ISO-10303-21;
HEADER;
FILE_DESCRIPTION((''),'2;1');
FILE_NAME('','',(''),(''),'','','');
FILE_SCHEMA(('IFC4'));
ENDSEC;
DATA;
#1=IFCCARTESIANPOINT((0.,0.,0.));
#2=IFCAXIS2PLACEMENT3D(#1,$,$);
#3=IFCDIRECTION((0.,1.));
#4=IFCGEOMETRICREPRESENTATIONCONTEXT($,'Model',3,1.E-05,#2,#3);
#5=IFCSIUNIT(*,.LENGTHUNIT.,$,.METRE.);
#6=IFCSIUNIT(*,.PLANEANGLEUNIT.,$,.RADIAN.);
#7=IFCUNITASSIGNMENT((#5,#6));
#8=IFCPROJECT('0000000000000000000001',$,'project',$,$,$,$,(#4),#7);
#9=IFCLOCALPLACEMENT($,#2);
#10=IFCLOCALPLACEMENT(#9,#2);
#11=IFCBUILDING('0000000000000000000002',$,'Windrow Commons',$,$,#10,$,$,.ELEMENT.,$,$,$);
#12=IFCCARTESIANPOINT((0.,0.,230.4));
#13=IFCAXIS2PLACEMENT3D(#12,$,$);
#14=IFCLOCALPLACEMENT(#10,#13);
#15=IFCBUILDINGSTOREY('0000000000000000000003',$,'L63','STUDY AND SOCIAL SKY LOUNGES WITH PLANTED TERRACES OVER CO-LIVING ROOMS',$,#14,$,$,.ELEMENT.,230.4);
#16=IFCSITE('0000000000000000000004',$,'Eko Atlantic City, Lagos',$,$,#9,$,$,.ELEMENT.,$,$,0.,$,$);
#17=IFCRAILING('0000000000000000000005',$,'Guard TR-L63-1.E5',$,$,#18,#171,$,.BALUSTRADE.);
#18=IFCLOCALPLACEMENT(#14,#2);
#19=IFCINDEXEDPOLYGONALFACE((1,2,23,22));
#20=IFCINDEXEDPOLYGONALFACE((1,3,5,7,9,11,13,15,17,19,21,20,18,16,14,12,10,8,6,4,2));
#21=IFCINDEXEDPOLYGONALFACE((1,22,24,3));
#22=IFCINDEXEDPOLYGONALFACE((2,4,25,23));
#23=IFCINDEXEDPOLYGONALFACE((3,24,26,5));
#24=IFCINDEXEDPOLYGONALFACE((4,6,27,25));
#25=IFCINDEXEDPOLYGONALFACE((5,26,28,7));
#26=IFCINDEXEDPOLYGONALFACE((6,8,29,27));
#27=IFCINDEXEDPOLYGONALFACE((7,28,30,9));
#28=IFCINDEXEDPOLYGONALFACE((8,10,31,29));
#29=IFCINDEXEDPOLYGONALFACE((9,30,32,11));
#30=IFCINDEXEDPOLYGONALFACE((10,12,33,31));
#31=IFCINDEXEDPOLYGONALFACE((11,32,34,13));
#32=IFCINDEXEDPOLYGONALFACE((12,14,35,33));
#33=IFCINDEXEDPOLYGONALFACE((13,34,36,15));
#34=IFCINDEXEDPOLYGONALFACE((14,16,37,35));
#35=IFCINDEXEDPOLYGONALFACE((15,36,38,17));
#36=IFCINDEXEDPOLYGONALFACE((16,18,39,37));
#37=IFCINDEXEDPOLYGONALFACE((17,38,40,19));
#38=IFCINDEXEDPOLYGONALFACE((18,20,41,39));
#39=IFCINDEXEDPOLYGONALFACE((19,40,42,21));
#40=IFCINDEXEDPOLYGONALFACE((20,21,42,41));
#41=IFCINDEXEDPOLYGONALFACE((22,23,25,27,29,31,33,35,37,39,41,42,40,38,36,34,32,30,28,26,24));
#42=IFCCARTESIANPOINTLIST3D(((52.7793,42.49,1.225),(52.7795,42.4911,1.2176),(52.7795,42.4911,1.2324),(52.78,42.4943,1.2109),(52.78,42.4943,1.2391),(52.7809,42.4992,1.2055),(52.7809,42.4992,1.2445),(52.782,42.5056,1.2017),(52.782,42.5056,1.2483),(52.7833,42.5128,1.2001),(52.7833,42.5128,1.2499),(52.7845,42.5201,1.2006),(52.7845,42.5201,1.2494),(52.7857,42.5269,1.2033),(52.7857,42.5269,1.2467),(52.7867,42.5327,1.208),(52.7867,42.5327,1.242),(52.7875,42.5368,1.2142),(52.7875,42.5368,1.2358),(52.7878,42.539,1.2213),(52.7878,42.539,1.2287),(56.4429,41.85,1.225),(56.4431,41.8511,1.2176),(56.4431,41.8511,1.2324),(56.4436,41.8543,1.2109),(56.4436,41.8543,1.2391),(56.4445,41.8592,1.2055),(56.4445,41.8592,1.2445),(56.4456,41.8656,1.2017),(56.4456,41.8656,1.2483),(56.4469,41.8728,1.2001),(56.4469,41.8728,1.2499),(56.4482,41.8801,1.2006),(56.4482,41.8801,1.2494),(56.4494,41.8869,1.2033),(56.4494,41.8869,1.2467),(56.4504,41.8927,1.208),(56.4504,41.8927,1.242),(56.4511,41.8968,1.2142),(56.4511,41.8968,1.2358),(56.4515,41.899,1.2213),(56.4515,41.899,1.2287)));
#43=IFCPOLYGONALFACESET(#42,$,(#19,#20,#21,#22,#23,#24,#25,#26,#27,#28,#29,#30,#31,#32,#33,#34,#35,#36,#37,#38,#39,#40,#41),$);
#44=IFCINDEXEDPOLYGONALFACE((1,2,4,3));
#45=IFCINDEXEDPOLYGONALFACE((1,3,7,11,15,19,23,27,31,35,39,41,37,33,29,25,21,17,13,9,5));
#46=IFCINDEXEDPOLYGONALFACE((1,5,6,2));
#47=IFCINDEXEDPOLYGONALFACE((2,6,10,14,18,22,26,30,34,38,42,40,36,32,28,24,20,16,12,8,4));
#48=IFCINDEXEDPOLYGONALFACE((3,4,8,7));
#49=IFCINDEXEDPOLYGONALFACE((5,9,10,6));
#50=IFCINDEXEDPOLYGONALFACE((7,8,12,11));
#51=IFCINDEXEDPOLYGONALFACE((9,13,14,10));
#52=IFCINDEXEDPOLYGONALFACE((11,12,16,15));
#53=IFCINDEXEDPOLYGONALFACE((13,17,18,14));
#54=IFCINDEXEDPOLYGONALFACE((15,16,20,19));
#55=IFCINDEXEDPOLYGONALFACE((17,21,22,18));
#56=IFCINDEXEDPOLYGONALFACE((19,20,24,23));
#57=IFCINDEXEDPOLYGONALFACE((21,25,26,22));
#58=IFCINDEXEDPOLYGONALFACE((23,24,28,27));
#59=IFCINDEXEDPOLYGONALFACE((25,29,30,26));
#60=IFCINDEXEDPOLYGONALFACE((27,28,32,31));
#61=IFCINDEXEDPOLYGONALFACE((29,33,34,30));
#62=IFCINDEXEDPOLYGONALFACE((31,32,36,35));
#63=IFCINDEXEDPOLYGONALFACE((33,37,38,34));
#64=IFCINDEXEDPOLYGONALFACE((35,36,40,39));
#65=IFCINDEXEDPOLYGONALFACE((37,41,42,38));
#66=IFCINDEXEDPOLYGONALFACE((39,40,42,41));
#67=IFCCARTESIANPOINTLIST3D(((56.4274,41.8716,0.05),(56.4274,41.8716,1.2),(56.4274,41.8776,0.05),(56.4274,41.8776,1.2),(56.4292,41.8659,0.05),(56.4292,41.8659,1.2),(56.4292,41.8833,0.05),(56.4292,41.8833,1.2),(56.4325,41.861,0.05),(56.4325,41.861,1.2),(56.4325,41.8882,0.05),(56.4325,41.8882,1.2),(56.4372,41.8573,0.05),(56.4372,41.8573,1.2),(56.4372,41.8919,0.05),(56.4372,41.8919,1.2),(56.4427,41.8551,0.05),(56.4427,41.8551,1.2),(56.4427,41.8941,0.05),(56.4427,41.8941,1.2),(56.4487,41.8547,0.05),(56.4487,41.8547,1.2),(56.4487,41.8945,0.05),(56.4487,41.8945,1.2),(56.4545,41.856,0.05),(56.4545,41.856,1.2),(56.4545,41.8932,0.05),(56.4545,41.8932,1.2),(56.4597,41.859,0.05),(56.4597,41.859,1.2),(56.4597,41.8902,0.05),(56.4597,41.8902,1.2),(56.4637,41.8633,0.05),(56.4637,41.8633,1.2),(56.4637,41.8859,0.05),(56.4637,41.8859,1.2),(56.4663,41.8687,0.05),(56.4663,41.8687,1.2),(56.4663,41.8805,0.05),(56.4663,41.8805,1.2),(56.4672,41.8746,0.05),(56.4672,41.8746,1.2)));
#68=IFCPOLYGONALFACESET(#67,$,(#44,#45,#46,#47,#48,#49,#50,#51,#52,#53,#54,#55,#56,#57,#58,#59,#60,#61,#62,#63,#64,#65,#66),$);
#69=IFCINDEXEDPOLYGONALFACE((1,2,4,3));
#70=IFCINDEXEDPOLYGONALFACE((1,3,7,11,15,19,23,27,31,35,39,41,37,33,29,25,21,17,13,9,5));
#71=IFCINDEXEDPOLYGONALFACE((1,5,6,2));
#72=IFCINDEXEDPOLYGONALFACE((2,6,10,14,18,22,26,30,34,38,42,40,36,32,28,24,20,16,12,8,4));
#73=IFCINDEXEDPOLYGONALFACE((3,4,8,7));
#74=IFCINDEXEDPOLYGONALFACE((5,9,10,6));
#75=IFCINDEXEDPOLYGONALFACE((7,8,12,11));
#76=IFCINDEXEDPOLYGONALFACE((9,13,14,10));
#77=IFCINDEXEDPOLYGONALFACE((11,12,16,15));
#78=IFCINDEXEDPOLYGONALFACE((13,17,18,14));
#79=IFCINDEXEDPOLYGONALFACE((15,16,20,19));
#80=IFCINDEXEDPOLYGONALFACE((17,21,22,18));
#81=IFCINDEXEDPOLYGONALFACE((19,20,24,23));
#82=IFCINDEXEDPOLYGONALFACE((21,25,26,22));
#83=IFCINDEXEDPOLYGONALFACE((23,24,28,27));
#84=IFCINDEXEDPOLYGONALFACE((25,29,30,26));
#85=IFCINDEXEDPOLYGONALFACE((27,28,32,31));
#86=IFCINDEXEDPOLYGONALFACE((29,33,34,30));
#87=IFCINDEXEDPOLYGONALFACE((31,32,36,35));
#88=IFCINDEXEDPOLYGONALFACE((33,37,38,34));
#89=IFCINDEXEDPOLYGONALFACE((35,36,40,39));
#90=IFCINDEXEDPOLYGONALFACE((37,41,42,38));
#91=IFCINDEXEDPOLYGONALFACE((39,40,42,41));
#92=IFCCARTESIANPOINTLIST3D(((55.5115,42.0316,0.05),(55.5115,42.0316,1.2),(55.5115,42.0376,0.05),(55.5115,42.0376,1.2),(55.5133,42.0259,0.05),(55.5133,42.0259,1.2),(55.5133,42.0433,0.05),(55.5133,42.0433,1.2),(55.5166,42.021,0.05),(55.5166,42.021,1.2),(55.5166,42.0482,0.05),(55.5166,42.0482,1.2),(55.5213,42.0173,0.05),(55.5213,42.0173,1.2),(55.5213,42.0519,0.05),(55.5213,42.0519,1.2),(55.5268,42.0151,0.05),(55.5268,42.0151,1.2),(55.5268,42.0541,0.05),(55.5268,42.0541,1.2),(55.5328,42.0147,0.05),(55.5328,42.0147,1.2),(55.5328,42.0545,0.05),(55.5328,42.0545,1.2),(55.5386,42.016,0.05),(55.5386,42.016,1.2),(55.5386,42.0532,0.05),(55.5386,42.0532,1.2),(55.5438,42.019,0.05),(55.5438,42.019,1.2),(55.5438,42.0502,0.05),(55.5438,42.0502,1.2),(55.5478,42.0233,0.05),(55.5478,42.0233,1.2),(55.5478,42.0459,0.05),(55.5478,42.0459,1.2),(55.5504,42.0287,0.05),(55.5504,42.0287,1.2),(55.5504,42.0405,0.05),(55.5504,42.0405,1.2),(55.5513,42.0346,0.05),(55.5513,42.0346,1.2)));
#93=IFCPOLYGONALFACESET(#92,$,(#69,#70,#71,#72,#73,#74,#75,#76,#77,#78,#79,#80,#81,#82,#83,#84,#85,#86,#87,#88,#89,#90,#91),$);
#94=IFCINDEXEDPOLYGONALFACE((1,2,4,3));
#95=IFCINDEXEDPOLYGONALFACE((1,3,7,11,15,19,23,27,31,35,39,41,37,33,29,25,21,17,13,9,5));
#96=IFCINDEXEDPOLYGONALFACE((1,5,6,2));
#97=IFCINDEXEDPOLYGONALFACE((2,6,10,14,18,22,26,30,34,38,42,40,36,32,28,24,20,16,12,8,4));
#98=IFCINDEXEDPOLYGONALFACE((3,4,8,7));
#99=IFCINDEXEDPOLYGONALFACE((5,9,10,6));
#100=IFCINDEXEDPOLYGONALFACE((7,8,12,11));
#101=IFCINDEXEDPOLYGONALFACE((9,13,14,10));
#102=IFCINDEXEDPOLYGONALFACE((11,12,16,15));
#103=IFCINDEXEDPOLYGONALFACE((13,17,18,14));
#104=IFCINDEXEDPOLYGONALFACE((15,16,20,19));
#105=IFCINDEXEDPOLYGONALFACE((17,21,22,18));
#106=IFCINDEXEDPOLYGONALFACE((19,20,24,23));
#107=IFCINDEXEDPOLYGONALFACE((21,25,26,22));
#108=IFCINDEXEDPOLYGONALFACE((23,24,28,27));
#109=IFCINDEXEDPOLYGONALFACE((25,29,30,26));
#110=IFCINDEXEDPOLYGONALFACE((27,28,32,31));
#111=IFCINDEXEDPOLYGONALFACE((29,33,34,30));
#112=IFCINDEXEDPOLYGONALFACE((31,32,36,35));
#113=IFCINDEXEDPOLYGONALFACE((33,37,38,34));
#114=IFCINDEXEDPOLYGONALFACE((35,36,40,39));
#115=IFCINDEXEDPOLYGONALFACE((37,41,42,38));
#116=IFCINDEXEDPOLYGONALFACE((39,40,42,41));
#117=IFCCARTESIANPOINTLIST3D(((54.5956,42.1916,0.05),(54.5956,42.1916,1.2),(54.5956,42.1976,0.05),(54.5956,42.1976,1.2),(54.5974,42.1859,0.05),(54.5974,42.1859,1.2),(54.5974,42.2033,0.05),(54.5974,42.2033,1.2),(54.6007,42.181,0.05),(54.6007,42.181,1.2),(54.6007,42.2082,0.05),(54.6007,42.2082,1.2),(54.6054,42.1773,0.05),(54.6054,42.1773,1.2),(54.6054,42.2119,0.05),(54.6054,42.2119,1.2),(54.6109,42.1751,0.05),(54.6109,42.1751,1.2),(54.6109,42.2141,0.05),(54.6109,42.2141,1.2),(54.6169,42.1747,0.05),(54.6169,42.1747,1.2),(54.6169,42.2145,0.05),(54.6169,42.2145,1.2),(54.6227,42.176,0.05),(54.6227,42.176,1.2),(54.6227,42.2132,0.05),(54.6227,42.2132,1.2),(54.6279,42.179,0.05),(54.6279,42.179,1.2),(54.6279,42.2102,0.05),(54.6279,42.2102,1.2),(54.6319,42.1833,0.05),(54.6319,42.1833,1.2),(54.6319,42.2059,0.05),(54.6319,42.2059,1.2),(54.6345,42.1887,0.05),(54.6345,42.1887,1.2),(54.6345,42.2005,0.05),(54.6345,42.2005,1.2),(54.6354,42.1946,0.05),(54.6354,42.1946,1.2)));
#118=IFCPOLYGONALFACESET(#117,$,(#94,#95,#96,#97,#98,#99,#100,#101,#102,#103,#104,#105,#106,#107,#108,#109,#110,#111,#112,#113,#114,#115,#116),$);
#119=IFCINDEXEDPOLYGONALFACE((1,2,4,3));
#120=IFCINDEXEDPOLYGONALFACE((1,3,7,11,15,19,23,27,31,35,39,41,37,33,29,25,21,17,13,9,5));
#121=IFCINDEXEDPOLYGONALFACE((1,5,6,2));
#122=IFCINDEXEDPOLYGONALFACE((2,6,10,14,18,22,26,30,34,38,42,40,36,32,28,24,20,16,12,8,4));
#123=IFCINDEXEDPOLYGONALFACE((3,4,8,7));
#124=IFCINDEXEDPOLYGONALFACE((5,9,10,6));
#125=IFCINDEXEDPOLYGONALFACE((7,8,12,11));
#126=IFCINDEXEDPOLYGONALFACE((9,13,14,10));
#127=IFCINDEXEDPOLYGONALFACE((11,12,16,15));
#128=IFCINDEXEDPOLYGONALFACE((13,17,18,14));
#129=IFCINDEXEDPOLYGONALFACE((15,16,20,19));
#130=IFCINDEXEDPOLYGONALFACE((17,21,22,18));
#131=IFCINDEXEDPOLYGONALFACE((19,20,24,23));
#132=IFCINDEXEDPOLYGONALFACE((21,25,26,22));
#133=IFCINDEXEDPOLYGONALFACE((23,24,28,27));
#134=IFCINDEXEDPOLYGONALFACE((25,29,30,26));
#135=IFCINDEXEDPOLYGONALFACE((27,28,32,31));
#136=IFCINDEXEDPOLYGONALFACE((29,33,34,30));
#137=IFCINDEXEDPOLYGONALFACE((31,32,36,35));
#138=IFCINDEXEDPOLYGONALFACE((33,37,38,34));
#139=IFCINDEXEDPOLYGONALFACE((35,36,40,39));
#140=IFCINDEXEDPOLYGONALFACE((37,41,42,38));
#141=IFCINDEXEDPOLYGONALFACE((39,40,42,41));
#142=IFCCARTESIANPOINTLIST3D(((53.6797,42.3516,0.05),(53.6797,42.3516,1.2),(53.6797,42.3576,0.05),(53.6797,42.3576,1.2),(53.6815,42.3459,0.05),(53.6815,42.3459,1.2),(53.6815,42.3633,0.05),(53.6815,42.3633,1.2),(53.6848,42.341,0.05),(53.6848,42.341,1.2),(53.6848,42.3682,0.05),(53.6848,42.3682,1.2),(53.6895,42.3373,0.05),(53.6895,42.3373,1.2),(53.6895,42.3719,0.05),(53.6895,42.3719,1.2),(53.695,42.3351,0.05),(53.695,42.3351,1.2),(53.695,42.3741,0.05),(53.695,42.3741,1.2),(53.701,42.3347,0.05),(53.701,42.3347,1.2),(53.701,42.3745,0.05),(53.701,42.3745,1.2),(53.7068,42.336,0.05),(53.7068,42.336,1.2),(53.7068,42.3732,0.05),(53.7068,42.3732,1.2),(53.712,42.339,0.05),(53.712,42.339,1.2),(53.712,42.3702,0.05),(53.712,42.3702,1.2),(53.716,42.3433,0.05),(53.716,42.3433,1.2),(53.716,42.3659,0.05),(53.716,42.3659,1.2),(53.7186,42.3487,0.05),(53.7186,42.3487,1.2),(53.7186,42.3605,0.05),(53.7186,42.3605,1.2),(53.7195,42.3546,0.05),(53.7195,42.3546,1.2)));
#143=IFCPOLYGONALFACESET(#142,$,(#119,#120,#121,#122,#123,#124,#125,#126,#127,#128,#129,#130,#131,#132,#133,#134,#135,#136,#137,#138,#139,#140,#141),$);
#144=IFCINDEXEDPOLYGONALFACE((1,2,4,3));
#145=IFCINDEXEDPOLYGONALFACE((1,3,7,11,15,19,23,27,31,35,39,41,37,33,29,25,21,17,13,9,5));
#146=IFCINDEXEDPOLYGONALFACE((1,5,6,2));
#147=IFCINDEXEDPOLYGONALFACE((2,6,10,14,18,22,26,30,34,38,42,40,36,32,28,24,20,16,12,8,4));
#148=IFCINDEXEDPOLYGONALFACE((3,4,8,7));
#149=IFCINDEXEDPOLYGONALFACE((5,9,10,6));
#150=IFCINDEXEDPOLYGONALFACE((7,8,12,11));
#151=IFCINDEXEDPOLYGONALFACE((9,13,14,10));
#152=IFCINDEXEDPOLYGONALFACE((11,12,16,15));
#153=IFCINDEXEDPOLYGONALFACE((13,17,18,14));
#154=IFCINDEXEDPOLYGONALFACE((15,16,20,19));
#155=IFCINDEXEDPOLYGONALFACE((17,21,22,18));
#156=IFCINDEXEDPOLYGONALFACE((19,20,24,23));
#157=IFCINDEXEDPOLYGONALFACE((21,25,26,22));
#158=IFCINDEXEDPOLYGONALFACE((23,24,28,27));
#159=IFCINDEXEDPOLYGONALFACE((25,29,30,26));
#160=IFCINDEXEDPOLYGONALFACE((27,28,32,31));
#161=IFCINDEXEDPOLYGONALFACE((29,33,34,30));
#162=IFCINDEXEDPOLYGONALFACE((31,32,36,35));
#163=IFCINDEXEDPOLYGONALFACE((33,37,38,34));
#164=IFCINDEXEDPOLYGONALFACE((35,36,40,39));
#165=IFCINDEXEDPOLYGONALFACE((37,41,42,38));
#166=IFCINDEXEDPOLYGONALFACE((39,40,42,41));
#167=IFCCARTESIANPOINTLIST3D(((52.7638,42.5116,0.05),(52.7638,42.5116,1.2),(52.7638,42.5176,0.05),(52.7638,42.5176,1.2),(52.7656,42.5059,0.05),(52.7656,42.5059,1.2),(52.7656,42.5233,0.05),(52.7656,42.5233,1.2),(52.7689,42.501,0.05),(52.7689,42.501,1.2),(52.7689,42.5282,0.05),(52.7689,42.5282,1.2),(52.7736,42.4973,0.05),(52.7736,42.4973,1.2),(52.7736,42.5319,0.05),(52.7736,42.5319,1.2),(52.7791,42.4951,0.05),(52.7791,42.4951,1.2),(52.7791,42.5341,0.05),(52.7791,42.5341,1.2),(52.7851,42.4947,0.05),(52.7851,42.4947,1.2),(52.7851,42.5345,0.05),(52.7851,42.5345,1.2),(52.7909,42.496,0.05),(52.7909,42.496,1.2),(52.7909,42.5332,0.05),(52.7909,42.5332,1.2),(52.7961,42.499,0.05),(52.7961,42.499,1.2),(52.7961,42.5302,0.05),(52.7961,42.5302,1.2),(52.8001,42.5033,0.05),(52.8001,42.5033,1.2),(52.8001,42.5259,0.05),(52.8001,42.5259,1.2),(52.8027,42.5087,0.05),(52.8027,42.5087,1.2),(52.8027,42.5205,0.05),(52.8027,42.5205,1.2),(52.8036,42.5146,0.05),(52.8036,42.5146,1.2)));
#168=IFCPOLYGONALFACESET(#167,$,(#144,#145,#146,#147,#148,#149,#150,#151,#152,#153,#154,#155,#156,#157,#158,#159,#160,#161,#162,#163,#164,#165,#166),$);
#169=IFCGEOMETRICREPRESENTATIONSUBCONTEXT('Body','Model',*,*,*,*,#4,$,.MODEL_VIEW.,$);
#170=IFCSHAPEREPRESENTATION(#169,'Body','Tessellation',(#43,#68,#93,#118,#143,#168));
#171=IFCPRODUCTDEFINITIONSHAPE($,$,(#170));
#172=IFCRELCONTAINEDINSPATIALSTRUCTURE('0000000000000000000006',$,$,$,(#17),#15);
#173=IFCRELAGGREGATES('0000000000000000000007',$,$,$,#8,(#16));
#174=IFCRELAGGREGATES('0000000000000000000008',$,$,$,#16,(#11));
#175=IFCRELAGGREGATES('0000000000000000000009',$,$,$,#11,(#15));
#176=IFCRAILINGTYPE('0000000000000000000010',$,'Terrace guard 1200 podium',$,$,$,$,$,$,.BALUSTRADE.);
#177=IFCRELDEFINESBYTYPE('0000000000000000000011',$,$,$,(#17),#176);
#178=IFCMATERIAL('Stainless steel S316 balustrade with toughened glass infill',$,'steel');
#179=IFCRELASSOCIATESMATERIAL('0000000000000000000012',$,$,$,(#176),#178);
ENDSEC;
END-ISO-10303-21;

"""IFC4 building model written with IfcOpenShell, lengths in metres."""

from ifc_helpers import new_model, si_unit, direction, frame, origin, origin_2d, place, context, subcontext, project, spatial, circle, extrude, material, type_object, element, save


model = new_model("IFC4")

# Units and contexts
model_context = context("Model", 3, precision=1e-05, world=origin(), true_north=direction((0.0, 1.0)))
body_context = subcontext(model_context, "Body", "Model", "MODEL_VIEW")
ifc_project = project(units=[si_unit("LENGTHUNIT", "METRE"), si_unit("PLANEANGLEUNIT", "RADIAN")], contexts=[model_context])

# Site, building, storey
site_placement = place(None, origin())
site = spatial("IfcSite", under=ifc_project, at=site_placement, Name="Eko Atlantic City, Lagos", CompositionType="ELEMENT", RefElevation=0.0)
building_placement = place(site_placement, origin())
building = spatial("IfcBuilding", under=site, at=building_placement, Name="Windrow Commons", CompositionType="ELEMENT")
storey_placement = place(building_placement, frame((0.0, 0.0, 230.4)))
storey = spatial("IfcBuildingStorey", under=building, at=storey_placement, Name="L63", Description="STUDY AND SOCIAL SKY LOUNGES WITH PLANTED TERRACES OVER CO-LIVING ROOMS", CompositionType="ELEMENT", Elevation=230.4)

# Railing
ifc_material_1 = material(Name="Stainless steel S316 balustrade with toughened glass infill", Category="steel")
railing_type = type_object("IfcRailingType", Name="Terrace guard 1200 podium", PredefinedType="BALUSTRADE", material=ifc_material_1)
railing_1_placement = place(storey_placement, frame((56.4472, 41.8746, 0.05)))
element("IfcRailing", 1, at=railing_1_placement, inside=storey, type_object=railing_type, Name="Guard TR-L63-1.E5", PredefinedType="BALUSTRADE", context=body_context, shape_type="SweptSolid", body=[
    extrude(circle(Radius=0.025, at=origin_2d()), frame((0.0, 0.0, 1.175), z_axis=(-0.985082, 0.172086, 0.0), x_axis=(-0.172086, -0.985082, 0.0)), (0.0, 0.0, 1.0), 3.7191),
    extrude(circle(Radius=0.02, at=origin_2d()), origin(), (0.0, 0.0, 1.0), 1.15),
    extrude(circle(Radius=0.02, at=origin_2d()), frame((-0.9159, 0.16, 0.0)), (0.0, 0.0, 1.0), 1.15),
    extrude(circle(Radius=0.02, at=origin_2d()), frame((-1.8318, 0.32, 0.0)), (0.0, 0.0, 1.0), 1.15),
    extrude(circle(Radius=0.02, at=origin_2d()), frame((-2.7477, 0.48, 0.0)), (0.0, 0.0, 1.0), 1.15),
    extrude(circle(Radius=0.02, at=origin_2d()), frame((-3.6636, 0.64, 0.0)), (0.0, 0.0, 1.0), 1.15),
])

save(model, "model.ifc")
